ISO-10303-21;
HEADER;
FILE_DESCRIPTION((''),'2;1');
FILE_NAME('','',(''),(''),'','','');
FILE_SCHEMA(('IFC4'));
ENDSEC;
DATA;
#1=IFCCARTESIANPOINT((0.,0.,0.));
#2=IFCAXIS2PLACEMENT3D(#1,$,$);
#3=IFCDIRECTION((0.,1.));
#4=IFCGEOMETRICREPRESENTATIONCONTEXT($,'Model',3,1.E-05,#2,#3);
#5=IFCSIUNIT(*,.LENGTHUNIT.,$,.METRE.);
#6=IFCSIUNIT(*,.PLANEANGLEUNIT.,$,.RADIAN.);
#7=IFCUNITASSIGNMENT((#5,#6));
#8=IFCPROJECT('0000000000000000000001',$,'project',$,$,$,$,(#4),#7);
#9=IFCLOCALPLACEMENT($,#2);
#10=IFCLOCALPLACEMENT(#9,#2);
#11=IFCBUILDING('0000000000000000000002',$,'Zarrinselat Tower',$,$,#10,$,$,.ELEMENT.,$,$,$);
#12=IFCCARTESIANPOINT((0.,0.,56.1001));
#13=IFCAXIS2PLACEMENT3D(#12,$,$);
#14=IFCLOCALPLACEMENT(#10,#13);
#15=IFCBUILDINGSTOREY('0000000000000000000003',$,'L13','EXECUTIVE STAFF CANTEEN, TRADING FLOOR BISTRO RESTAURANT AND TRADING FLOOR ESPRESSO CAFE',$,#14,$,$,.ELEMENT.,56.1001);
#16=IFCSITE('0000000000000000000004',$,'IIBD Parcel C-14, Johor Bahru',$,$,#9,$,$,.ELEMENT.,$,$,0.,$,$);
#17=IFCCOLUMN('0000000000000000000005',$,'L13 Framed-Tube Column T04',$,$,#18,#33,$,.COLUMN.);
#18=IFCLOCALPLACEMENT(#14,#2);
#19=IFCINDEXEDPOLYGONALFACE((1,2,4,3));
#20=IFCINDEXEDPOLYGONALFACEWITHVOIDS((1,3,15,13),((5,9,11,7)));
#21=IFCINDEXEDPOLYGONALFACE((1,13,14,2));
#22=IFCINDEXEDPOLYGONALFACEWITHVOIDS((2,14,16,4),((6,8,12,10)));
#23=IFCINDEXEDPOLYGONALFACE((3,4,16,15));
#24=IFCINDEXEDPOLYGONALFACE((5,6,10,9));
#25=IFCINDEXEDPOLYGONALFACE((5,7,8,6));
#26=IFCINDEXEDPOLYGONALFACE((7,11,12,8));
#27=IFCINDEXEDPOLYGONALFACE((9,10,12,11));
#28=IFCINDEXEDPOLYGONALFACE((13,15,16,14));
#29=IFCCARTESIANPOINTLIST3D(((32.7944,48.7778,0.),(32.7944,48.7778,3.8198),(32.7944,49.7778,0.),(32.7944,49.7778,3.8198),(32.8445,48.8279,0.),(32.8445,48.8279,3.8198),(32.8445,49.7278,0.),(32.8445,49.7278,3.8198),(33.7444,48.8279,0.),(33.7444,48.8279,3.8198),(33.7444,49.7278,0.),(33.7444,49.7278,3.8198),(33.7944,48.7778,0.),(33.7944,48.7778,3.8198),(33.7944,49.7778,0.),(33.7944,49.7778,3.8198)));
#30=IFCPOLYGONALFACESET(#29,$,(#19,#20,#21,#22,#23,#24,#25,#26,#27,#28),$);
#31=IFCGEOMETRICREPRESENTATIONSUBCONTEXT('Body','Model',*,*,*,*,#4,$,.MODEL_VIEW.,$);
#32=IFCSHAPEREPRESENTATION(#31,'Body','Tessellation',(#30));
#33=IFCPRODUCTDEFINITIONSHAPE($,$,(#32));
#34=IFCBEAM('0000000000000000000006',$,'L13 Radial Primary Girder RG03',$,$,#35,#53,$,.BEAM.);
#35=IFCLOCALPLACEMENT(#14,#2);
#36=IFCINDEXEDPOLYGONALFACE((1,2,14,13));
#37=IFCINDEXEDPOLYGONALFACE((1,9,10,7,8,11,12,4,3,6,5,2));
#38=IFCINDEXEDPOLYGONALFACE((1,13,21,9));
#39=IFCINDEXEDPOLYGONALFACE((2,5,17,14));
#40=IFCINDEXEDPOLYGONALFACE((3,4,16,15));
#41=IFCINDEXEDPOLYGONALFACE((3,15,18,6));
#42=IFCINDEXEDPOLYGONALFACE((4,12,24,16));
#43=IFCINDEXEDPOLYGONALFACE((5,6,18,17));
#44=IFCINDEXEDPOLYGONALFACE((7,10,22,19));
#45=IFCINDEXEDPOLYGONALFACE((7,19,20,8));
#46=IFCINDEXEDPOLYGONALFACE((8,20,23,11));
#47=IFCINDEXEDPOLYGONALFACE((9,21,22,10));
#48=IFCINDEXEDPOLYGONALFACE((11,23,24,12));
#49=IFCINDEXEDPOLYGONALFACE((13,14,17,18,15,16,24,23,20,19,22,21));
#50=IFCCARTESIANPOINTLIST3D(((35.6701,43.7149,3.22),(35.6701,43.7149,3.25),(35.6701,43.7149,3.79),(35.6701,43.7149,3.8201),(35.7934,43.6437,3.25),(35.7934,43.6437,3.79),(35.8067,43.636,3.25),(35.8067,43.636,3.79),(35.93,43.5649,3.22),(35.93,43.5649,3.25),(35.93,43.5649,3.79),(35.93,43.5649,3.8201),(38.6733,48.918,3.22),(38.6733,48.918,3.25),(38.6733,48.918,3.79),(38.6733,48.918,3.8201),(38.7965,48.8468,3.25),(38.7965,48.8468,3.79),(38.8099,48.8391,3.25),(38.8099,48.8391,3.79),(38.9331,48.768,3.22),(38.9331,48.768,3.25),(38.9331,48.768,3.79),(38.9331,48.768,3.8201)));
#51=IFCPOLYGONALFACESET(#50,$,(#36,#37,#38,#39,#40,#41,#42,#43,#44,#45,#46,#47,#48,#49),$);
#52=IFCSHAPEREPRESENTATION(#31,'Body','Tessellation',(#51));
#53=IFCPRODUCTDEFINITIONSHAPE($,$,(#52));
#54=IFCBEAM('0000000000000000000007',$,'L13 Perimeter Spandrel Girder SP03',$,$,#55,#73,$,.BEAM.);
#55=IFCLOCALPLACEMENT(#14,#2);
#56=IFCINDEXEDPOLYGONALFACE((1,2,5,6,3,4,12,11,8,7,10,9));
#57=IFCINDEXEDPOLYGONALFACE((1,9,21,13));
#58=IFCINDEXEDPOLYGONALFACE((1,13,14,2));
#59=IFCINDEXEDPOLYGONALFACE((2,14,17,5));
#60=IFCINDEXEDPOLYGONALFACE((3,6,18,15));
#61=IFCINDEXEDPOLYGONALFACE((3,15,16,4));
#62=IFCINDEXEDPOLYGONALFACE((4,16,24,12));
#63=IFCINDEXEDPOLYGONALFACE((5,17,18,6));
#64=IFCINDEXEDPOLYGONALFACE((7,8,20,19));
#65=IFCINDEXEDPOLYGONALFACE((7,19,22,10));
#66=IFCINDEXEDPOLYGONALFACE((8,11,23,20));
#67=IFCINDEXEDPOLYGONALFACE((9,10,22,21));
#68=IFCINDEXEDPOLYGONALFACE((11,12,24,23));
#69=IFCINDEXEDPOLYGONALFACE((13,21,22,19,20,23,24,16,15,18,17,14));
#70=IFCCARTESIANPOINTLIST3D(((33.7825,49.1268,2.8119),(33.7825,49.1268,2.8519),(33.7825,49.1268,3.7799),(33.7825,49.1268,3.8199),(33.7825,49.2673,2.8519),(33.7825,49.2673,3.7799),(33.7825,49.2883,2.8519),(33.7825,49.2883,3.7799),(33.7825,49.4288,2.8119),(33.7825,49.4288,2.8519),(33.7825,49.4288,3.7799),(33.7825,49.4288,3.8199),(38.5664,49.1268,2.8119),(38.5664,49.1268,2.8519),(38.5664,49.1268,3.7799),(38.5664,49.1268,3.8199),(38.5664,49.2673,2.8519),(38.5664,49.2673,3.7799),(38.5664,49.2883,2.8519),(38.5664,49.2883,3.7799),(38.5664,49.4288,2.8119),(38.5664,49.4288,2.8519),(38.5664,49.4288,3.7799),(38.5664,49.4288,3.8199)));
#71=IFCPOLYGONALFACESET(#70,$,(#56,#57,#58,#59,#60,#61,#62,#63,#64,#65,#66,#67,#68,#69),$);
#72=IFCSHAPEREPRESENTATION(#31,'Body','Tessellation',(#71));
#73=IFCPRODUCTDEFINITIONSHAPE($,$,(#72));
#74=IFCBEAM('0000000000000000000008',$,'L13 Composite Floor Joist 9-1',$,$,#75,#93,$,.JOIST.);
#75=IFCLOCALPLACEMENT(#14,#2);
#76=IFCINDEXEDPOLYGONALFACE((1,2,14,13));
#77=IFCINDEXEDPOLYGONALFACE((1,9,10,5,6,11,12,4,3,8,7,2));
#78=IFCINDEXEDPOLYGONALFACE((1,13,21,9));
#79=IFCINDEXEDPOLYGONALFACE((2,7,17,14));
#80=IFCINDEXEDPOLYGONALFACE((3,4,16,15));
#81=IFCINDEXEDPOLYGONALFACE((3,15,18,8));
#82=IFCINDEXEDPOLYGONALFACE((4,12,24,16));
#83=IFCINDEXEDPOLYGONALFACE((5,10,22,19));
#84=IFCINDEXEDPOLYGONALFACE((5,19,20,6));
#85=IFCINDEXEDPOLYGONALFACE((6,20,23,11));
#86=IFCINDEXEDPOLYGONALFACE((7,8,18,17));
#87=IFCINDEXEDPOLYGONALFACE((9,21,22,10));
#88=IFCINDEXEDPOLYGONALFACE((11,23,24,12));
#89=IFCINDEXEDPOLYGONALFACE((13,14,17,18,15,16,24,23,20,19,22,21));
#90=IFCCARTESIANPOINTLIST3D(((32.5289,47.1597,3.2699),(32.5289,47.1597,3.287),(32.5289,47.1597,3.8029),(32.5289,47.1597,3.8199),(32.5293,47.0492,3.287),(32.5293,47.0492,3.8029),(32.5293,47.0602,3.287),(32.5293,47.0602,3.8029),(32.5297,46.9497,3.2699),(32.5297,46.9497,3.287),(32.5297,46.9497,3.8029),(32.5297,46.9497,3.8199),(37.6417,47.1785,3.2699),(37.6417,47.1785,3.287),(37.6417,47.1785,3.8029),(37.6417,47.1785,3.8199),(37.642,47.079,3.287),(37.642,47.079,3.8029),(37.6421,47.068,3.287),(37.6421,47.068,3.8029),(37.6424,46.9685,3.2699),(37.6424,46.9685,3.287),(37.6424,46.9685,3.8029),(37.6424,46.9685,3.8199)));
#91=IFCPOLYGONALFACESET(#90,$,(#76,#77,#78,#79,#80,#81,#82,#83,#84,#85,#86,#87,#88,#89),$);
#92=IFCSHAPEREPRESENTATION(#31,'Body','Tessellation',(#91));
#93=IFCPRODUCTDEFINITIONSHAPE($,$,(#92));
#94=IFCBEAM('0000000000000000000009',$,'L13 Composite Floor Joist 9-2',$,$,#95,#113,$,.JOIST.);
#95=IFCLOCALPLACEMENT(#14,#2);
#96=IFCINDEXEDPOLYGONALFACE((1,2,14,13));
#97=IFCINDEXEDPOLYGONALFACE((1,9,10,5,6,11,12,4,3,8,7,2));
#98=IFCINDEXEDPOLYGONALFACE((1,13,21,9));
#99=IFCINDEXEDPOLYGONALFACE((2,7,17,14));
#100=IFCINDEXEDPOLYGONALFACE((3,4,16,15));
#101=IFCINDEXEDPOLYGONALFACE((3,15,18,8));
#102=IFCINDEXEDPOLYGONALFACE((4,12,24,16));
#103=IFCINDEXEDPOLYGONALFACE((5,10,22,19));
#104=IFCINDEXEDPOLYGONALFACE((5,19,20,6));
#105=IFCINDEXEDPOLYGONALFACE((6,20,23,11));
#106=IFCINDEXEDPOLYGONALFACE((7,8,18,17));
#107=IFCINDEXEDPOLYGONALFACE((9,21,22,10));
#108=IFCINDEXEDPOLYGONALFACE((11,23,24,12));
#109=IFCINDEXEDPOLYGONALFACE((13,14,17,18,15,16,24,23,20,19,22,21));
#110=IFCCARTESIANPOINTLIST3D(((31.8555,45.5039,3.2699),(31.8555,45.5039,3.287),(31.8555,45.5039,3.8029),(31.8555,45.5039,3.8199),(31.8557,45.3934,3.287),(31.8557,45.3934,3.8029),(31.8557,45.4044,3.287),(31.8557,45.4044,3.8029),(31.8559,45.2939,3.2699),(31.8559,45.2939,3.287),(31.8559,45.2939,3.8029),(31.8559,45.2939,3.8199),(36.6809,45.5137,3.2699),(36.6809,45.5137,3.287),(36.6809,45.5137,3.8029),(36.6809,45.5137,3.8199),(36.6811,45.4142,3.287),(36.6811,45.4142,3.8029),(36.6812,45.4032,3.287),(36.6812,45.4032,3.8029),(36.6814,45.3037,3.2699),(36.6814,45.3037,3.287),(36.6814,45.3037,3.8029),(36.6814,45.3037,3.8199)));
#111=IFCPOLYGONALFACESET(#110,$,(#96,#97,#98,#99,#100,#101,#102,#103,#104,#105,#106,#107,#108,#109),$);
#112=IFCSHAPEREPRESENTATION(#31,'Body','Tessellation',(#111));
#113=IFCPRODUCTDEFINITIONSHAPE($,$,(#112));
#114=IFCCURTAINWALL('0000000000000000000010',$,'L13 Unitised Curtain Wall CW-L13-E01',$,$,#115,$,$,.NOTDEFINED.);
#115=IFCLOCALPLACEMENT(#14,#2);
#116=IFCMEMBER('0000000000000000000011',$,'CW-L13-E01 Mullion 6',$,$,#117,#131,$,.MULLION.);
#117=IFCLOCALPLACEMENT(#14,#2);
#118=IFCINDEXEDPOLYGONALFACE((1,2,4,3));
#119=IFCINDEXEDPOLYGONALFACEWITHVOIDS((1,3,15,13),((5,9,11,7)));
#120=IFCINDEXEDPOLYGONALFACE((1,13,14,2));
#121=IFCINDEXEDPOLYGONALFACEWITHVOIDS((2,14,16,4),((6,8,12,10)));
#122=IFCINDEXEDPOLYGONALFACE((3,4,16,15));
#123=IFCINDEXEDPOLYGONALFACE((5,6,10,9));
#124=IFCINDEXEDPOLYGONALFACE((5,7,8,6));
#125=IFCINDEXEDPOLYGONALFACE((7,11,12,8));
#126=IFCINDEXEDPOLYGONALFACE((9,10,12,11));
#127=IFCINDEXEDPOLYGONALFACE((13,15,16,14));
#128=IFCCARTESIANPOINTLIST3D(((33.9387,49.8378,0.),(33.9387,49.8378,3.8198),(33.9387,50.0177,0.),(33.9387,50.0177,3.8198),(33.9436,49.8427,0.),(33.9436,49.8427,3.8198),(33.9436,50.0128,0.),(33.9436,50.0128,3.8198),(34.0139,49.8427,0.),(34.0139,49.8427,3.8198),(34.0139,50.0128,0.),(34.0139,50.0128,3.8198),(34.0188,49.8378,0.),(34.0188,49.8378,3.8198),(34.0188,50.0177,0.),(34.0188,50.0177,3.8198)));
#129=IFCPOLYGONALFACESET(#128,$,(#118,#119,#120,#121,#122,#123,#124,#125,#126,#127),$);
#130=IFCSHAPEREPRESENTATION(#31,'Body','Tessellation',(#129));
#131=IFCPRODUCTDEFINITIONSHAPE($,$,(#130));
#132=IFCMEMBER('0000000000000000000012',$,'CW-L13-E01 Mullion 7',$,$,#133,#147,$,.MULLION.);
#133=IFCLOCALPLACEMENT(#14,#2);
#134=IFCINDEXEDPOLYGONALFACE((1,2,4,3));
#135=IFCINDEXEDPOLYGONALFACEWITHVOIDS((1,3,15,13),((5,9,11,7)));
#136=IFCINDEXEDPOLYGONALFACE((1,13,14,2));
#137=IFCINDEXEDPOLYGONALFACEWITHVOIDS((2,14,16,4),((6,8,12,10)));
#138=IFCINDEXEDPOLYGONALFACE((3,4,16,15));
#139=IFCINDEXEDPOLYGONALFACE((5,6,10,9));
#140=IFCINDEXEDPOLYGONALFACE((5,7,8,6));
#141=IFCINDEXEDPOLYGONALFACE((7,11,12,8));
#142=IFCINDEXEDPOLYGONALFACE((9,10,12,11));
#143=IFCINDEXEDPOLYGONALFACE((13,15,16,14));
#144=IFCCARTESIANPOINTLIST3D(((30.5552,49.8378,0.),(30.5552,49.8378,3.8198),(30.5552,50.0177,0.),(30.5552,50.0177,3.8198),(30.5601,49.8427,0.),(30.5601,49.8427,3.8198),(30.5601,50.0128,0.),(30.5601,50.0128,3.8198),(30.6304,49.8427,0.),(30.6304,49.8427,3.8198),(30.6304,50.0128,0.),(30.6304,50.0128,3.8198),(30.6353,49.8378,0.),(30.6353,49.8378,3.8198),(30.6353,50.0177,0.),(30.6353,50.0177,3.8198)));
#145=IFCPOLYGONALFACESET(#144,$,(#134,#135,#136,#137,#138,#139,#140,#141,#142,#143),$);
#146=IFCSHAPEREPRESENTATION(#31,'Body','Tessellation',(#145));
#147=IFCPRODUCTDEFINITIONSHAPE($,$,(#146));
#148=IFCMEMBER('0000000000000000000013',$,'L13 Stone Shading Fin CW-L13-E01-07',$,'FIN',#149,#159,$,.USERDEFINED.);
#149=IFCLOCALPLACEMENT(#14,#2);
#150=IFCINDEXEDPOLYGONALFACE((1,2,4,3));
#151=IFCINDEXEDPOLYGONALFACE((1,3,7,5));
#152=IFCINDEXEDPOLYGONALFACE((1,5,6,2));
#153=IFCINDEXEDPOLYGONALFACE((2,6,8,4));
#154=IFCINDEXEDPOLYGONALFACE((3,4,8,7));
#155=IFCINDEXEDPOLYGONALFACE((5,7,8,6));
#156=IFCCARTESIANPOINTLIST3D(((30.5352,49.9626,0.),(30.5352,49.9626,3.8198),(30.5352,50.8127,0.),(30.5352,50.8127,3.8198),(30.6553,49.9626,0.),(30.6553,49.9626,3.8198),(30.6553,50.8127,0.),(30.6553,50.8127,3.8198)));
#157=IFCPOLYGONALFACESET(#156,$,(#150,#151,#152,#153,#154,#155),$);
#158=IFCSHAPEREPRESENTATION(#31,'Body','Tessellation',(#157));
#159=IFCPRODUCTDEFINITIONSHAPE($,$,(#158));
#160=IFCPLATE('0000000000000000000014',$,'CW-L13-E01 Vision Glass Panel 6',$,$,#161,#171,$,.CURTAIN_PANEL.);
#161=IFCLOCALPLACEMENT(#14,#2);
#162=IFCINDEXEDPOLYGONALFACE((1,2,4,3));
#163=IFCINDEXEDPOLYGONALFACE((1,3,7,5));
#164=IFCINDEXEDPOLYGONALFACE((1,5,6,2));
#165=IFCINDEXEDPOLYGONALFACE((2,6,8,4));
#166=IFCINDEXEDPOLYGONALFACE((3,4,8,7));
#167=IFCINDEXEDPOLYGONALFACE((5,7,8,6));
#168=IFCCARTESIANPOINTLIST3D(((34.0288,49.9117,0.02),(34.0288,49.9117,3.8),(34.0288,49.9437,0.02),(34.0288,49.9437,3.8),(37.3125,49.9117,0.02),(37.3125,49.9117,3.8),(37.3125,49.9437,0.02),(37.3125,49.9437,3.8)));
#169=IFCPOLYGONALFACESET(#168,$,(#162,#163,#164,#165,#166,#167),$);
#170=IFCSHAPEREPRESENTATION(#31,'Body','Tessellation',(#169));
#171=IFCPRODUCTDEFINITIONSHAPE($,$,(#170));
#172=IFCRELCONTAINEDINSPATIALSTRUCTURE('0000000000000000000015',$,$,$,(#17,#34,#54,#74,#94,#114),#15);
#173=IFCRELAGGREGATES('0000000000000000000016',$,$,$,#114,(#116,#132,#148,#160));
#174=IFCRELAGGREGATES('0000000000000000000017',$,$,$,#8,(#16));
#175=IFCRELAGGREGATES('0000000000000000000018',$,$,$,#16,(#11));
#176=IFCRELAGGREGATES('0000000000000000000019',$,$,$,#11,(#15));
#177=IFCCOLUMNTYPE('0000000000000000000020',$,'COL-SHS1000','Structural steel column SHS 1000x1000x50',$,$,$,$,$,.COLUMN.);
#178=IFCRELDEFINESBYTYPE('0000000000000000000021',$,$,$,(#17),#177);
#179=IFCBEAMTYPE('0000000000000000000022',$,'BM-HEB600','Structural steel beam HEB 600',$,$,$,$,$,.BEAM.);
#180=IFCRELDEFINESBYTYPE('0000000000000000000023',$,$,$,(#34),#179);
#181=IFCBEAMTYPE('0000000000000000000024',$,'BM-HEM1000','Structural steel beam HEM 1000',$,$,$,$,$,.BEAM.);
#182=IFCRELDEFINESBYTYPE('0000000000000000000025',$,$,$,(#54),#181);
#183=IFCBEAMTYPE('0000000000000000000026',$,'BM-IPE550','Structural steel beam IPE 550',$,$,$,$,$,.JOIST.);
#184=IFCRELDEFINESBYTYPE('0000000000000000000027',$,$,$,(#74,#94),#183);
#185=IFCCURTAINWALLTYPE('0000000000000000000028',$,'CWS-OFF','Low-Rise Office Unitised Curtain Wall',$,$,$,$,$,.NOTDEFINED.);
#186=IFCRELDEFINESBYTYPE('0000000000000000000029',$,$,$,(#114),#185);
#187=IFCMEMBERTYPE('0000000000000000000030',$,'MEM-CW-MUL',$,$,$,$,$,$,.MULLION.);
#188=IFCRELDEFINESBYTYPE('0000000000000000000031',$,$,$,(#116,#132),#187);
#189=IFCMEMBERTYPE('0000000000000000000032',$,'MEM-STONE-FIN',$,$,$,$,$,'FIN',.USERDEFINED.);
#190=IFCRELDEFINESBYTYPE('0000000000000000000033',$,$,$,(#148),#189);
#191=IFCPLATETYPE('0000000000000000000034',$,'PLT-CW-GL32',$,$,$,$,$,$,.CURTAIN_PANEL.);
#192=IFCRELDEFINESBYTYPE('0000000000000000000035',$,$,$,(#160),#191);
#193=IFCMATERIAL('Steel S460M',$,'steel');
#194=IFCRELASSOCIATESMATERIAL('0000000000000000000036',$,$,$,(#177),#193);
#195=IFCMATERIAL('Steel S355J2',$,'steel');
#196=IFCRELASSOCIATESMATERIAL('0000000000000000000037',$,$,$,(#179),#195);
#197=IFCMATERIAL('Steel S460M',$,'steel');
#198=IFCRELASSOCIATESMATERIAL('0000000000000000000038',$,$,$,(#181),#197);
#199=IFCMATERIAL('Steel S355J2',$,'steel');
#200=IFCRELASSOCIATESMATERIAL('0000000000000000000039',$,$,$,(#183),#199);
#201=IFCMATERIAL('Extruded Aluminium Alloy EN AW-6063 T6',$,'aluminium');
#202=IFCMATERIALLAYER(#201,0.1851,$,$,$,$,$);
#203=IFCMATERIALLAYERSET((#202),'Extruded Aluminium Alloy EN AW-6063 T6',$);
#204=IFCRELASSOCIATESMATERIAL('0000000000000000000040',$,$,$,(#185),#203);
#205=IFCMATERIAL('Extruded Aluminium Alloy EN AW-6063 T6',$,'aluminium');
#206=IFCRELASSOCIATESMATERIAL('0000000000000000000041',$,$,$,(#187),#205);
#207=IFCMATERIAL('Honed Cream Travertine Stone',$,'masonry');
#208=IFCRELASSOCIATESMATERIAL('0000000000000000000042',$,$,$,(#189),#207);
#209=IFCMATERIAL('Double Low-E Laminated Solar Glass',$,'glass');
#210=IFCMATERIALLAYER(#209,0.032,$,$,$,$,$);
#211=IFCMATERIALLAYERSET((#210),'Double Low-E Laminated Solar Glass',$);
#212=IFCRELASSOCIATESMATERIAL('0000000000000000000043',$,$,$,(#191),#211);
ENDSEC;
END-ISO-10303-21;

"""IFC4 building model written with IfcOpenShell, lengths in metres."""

from ifc_helpers import new_model, si_unit, direction, frame, origin, origin_2d, place, context, subcontext, project, spatial, rectangle, hollow_rectangle, i_section, extrude, material, layer, layer_set, material_profile, profile_set, type_object, element, aggregate, save


model = new_model("IFC4")

# Units and contexts
model_context = context("Model", 3, precision=1e-05, world=origin(), true_north=direction((0.0, 1.0)))
body_context = subcontext(model_context, "Body", "Model", "MODEL_VIEW")
ifc_project = project(units=[si_unit("LENGTHUNIT", "METRE"), si_unit("PLANEANGLEUNIT", "RADIAN")], contexts=[model_context])

# Site, building, storey
site_placement = place(None, origin())
site = spatial("IfcSite", under=ifc_project, at=site_placement, Name="IIBD Parcel C-14, Johor Bahru", CompositionType="ELEMENT", RefElevation=0.0)
building_placement = place(site_placement, origin())
building = spatial("IfcBuilding", under=site, at=building_placement, Name="Zarrinselat Tower", CompositionType="ELEMENT")
storey_placement = place(building_placement, frame((0.0, 0.0, 56.1001)))
storey = spatial("IfcBuildingStorey", under=building, at=storey_placement, Name="L13", Description="EXECUTIVE STAFF CANTEEN, TRADING FLOOR BISTRO RESTAURANT AND TRADING FLOOR ESPRESSO CAFE", CompositionType="ELEMENT", Elevation=56.1001)

# Column
ifc_material_1 = material(Name="Steel S460M", Category="steel")
ifc_material_profile_1 = material_profile(ifc_material_1, hollow_rectangle(XDim=1.0, YDim=1.0, WallThickness=0.05, at=origin_2d()), Name="SHS 1000x1000x50")
ifc_profile_set_1 = profile_set([ifc_material_profile_1], Name="Steel S460M")
column_type = type_object("IfcColumnType", Name="COL-SHS1000", Description="Structural steel column SHS 1000x1000x50", PredefinedType="COLUMN", material=ifc_profile_set_1)
column_placement = place(storey_placement, frame((33.2944, 49.2778, 0.0), z_axis=(0.0, 0.0, 1.0), x_axis=(1.0, 0.0, 0.0)))
element("IfcColumn", 1, at=column_placement, inside=storey, type_object=column_type, Name="L13 Framed-Tube Column T04", PredefinedType="COLUMN", context=body_context, shape_type="SweptSolid", body=[
    extrude(hollow_rectangle(XDim=1.0, YDim=1.0, WallThickness=0.05, at=origin_2d()), origin(), (0.0, 0.0, 1.0), 3.8198),
])

# Beams
ifc_material_2 = material(Name="Steel S355J2", Category="steel")
ifc_material_profile_2 = material_profile(ifc_material_2, i_section(OverallWidth=0.3, OverallDepth=0.6001, WebThickness=0.0154, FlangeThickness=0.03, at=origin_2d()), Name="HEB 600")
ifc_profile_set_2 = profile_set([ifc_material_profile_2], Name="Steel S355J2")
beam_type_1 = type_object("IfcBeamType", Name="BM-HEB600", Description="Structural steel beam HEB 600", PredefinedType="BEAM", material=ifc_profile_set_2)
beam_1_placement = place(storey_placement, frame((35.8, 43.6399, 3.52), z_axis=(0.499894, 0.866087, 0.0), x_axis=(-0.866087, 0.499894, 0.0)))
element("IfcBeam", 2, at=beam_1_placement, inside=storey, type_object=beam_type_1, Name="L13 Radial Primary Girder RG03", PredefinedType="BEAM", context=body_context, shape_type="SweptSolid", body=[
    extrude(i_section(OverallWidth=0.3, OverallDepth=0.6001, WebThickness=0.0154, FlangeThickness=0.03, at=origin_2d()), origin(), (0.0, 0.0, 1.0), 6.0076),
])
ifc_material_3 = material(Name="Steel S460M", Category="steel")
ifc_material_profile_3 = material_profile(ifc_material_3, i_section(OverallWidth=0.302, OverallDepth=1.0081, WebThickness=0.021, FlangeThickness=0.04, at=origin_2d()), Name="HEM 1000")
ifc_profile_set_3 = profile_set([ifc_material_profile_3], Name="Steel S460M")
beam_type_2 = type_object("IfcBeamType", Name="BM-HEM1000", Description="Structural steel beam HEM 1000", PredefinedType="BEAM", material=ifc_profile_set_3)
beam_2_placement = place(storey_placement, frame((33.7825, 49.2778, 3.3159), z_axis=(1.0, 0.0, 0.0), x_axis=(0.0, 1.0, 0.0)))
element("IfcBeam", 3, at=beam_2_placement, inside=storey, type_object=beam_type_2, Name="L13 Perimeter Spandrel Girder SP03", PredefinedType="BEAM", context=body_context, shape_type="SweptSolid", body=[
    extrude(i_section(OverallWidth=0.302, OverallDepth=1.0081, WebThickness=0.021, FlangeThickness=0.04, at=origin_2d()), origin(), (0.0, 0.0, 1.0), 4.7839),
])
ifc_material_4 = material(Name="Steel S355J2", Category="steel")
ifc_material_profile_4 = material_profile(ifc_material_4, i_section(OverallWidth=0.21, OverallDepth=0.55, WebThickness=0.011, FlangeThickness=0.0171, at=origin_2d()), Name="IPE 550")
ifc_profile_set_4 = profile_set([ifc_material_profile_4], Name="Steel S355J2")
beam_type_3 = type_object("IfcBeamType", Name="BM-IPE550", Description="Structural steel beam IPE 550", PredefinedType="JOIST", material=ifc_profile_set_4)
beam_3_placement = place(storey_placement, frame((32.5293, 47.0547, 3.5449), z_axis=(0.999993, 0.003677, 0.0), x_axis=(-0.003677, 0.999993, 0.0)))
element("IfcBeam", 4, at=beam_3_placement, inside=storey, type_object=beam_type_3, Name="L13 Composite Floor Joist 9-1", PredefinedType="JOIST", context=body_context, shape_type="SweptSolid", body=[
    extrude(i_section(OverallWidth=0.21, OverallDepth=0.55, WebThickness=0.011, FlangeThickness=0.0171, at=origin_2d()), origin(), (0.0, 0.0, 1.0), 5.1128),
])
beam_4_placement = place(storey_placement, frame((31.8557, 45.3989, 3.5449), z_axis=(0.999998, 0.002024, 0.0), x_axis=(-0.002024, 0.999998, 0.0)))
element("IfcBeam", 5, at=beam_4_placement, inside=storey, type_object=beam_type_3, Name="L13 Composite Floor Joist 9-2", PredefinedType="JOIST", context=body_context, shape_type="SweptSolid", body=[
    extrude(i_section(OverallWidth=0.21, OverallDepth=0.55, WebThickness=0.011, FlangeThickness=0.0171, at=origin_2d()), origin(), (0.0, 0.0, 1.0), 4.8254),
])

# Curtain wall, members, plate
ifc_material_5 = material(Name="Extruded Aluminium Alloy EN AW-6063 T6", Category="aluminium")
ifc_layer_1 = layer(ifc_material_5, 0.1851)
ifc_layer_set_1 = layer_set([ifc_layer_1], Name="Extruded Aluminium Alloy EN AW-6063 T6")
curtain_wall_type = type_object("IfcCurtainWallType", Name="CWS-OFF", Description="Low-Rise Office Unitised Curtain Wall", PredefinedType="NOTDEFINED", material=ifc_layer_set_1)
curtain_wall_placement = place(storey_placement, origin())
curtain_wall = element("IfcCurtainWall", 6, at=curtain_wall_placement, inside=storey, type_object=curtain_wall_type, Name="L13 Unitised Curtain Wall CW-L13-E01", PredefinedType="NOTDEFINED")
ifc_material_6 = material(Name="Extruded Aluminium Alloy EN AW-6063 T6", Category="aluminium")
ifc_material_profile_5 = material_profile(ifc_material_6, hollow_rectangle(XDim=0.0801, YDim=0.1799, WallThickness=0.0049, at=origin_2d()), Name="RHS 180x80x5")
ifc_profile_set_5 = profile_set([ifc_material_profile_5], Name="Extruded Aluminium Alloy EN AW-6063 T6")
member_type_1 = type_object("IfcMemberType", Name="MEM-CW-MUL", PredefinedType="MULLION", material=ifc_profile_set_5)
member_1_placement = place(storey_placement, frame((33.9788, 49.9277, 0.0), z_axis=(0.0, 0.0, 1.0), x_axis=(-1.0, 0.0, 0.0)))
member_1 = element("IfcMember", 7, at=member_1_placement, type_object=member_type_1, Name="CW-L13-E01 Mullion 6", PredefinedType="MULLION", context=body_context, shape_type="SweptSolid", body=[
    extrude(hollow_rectangle(XDim=0.0801, YDim=0.1799, WallThickness=0.0049, at=origin_2d()), origin(), (0.0, 0.0, 1.0), 3.8198),
])
member_2_placement = place(storey_placement, frame((30.5952, 49.9277, 0.0), z_axis=(0.0, 0.0, 1.0), x_axis=(-1.0, 0.0, 0.0)))
member_2 = element("IfcMember", 8, at=member_2_placement, type_object=member_type_1, Name="CW-L13-E01 Mullion 7", PredefinedType="MULLION", context=body_context, shape_type="SweptSolid", body=[
    extrude(hollow_rectangle(XDim=0.0801, YDim=0.1799, WallThickness=0.0049, at=origin_2d()), origin(), (0.0, 0.0, 1.0), 3.8198),
])
ifc_material_7 = material(Name="Honed Cream Travertine Stone", Category="masonry")
ifc_material_profile_6 = material_profile(ifc_material_7, rectangle(XDim=0.1201, YDim=0.8501, at=origin_2d()), Name="FIN 850x120")
ifc_profile_set_6 = profile_set([ifc_material_profile_6], Name="Honed Cream Travertine Stone")
member_type_2 = type_object("IfcMemberType", Name="MEM-STONE-FIN", ElementType="FIN", PredefinedType="USERDEFINED", material=ifc_profile_set_6)
member_3_placement = place(storey_placement, frame((30.5952, 50.3877, 0.0), z_axis=(0.0, 0.0, 1.0), x_axis=(1.0, 0.0, 0.0)))
member_3 = element("IfcMember", 9, at=member_3_placement, type_object=member_type_2, Name="L13 Stone Shading Fin CW-L13-E01-07", ObjectType="FIN", PredefinedType="USERDEFINED", context=body_context, shape_type="SweptSolid", body=[
    extrude(rectangle(XDim=0.1201, YDim=0.8501, at=origin_2d()), origin(), (0.0, 0.0, 1.0), 3.8198),
])
ifc_material_8 = material(Name="Double Low-E Laminated Solar Glass", Category="glass")
ifc_layer_2 = layer(ifc_material_8, 0.032)
ifc_layer_set_2 = layer_set([ifc_layer_2], Name="Double Low-E Laminated Solar Glass")
plate_type = type_object("IfcPlateType", Name="PLT-CW-GL32", PredefinedType="CURTAIN_PANEL", material=ifc_layer_set_2)
plate_1_placement = place(storey_placement, frame((35.6707, 49.9277, 0.02), z_axis=(0.0, 0.0, 1.0), x_axis=(-1.0, 0.0, 0.0)))
plate_1 = element("IfcPlate", 10, at=plate_1_placement, type_object=plate_type, Name="CW-L13-E01 Vision Glass Panel 6", PredefinedType="CURTAIN_PANEL", context=body_context, shape_type="SweptSolid", body=[
    extrude(rectangle(XDim=3.2837, YDim=0.032, at=origin_2d()), origin(), (0.0, 0.0, 1.0), 3.78),
])
aggregate(curtain_wall, [member_1, member_2, member_3, plate_1])

save(model, "model.ifc")
